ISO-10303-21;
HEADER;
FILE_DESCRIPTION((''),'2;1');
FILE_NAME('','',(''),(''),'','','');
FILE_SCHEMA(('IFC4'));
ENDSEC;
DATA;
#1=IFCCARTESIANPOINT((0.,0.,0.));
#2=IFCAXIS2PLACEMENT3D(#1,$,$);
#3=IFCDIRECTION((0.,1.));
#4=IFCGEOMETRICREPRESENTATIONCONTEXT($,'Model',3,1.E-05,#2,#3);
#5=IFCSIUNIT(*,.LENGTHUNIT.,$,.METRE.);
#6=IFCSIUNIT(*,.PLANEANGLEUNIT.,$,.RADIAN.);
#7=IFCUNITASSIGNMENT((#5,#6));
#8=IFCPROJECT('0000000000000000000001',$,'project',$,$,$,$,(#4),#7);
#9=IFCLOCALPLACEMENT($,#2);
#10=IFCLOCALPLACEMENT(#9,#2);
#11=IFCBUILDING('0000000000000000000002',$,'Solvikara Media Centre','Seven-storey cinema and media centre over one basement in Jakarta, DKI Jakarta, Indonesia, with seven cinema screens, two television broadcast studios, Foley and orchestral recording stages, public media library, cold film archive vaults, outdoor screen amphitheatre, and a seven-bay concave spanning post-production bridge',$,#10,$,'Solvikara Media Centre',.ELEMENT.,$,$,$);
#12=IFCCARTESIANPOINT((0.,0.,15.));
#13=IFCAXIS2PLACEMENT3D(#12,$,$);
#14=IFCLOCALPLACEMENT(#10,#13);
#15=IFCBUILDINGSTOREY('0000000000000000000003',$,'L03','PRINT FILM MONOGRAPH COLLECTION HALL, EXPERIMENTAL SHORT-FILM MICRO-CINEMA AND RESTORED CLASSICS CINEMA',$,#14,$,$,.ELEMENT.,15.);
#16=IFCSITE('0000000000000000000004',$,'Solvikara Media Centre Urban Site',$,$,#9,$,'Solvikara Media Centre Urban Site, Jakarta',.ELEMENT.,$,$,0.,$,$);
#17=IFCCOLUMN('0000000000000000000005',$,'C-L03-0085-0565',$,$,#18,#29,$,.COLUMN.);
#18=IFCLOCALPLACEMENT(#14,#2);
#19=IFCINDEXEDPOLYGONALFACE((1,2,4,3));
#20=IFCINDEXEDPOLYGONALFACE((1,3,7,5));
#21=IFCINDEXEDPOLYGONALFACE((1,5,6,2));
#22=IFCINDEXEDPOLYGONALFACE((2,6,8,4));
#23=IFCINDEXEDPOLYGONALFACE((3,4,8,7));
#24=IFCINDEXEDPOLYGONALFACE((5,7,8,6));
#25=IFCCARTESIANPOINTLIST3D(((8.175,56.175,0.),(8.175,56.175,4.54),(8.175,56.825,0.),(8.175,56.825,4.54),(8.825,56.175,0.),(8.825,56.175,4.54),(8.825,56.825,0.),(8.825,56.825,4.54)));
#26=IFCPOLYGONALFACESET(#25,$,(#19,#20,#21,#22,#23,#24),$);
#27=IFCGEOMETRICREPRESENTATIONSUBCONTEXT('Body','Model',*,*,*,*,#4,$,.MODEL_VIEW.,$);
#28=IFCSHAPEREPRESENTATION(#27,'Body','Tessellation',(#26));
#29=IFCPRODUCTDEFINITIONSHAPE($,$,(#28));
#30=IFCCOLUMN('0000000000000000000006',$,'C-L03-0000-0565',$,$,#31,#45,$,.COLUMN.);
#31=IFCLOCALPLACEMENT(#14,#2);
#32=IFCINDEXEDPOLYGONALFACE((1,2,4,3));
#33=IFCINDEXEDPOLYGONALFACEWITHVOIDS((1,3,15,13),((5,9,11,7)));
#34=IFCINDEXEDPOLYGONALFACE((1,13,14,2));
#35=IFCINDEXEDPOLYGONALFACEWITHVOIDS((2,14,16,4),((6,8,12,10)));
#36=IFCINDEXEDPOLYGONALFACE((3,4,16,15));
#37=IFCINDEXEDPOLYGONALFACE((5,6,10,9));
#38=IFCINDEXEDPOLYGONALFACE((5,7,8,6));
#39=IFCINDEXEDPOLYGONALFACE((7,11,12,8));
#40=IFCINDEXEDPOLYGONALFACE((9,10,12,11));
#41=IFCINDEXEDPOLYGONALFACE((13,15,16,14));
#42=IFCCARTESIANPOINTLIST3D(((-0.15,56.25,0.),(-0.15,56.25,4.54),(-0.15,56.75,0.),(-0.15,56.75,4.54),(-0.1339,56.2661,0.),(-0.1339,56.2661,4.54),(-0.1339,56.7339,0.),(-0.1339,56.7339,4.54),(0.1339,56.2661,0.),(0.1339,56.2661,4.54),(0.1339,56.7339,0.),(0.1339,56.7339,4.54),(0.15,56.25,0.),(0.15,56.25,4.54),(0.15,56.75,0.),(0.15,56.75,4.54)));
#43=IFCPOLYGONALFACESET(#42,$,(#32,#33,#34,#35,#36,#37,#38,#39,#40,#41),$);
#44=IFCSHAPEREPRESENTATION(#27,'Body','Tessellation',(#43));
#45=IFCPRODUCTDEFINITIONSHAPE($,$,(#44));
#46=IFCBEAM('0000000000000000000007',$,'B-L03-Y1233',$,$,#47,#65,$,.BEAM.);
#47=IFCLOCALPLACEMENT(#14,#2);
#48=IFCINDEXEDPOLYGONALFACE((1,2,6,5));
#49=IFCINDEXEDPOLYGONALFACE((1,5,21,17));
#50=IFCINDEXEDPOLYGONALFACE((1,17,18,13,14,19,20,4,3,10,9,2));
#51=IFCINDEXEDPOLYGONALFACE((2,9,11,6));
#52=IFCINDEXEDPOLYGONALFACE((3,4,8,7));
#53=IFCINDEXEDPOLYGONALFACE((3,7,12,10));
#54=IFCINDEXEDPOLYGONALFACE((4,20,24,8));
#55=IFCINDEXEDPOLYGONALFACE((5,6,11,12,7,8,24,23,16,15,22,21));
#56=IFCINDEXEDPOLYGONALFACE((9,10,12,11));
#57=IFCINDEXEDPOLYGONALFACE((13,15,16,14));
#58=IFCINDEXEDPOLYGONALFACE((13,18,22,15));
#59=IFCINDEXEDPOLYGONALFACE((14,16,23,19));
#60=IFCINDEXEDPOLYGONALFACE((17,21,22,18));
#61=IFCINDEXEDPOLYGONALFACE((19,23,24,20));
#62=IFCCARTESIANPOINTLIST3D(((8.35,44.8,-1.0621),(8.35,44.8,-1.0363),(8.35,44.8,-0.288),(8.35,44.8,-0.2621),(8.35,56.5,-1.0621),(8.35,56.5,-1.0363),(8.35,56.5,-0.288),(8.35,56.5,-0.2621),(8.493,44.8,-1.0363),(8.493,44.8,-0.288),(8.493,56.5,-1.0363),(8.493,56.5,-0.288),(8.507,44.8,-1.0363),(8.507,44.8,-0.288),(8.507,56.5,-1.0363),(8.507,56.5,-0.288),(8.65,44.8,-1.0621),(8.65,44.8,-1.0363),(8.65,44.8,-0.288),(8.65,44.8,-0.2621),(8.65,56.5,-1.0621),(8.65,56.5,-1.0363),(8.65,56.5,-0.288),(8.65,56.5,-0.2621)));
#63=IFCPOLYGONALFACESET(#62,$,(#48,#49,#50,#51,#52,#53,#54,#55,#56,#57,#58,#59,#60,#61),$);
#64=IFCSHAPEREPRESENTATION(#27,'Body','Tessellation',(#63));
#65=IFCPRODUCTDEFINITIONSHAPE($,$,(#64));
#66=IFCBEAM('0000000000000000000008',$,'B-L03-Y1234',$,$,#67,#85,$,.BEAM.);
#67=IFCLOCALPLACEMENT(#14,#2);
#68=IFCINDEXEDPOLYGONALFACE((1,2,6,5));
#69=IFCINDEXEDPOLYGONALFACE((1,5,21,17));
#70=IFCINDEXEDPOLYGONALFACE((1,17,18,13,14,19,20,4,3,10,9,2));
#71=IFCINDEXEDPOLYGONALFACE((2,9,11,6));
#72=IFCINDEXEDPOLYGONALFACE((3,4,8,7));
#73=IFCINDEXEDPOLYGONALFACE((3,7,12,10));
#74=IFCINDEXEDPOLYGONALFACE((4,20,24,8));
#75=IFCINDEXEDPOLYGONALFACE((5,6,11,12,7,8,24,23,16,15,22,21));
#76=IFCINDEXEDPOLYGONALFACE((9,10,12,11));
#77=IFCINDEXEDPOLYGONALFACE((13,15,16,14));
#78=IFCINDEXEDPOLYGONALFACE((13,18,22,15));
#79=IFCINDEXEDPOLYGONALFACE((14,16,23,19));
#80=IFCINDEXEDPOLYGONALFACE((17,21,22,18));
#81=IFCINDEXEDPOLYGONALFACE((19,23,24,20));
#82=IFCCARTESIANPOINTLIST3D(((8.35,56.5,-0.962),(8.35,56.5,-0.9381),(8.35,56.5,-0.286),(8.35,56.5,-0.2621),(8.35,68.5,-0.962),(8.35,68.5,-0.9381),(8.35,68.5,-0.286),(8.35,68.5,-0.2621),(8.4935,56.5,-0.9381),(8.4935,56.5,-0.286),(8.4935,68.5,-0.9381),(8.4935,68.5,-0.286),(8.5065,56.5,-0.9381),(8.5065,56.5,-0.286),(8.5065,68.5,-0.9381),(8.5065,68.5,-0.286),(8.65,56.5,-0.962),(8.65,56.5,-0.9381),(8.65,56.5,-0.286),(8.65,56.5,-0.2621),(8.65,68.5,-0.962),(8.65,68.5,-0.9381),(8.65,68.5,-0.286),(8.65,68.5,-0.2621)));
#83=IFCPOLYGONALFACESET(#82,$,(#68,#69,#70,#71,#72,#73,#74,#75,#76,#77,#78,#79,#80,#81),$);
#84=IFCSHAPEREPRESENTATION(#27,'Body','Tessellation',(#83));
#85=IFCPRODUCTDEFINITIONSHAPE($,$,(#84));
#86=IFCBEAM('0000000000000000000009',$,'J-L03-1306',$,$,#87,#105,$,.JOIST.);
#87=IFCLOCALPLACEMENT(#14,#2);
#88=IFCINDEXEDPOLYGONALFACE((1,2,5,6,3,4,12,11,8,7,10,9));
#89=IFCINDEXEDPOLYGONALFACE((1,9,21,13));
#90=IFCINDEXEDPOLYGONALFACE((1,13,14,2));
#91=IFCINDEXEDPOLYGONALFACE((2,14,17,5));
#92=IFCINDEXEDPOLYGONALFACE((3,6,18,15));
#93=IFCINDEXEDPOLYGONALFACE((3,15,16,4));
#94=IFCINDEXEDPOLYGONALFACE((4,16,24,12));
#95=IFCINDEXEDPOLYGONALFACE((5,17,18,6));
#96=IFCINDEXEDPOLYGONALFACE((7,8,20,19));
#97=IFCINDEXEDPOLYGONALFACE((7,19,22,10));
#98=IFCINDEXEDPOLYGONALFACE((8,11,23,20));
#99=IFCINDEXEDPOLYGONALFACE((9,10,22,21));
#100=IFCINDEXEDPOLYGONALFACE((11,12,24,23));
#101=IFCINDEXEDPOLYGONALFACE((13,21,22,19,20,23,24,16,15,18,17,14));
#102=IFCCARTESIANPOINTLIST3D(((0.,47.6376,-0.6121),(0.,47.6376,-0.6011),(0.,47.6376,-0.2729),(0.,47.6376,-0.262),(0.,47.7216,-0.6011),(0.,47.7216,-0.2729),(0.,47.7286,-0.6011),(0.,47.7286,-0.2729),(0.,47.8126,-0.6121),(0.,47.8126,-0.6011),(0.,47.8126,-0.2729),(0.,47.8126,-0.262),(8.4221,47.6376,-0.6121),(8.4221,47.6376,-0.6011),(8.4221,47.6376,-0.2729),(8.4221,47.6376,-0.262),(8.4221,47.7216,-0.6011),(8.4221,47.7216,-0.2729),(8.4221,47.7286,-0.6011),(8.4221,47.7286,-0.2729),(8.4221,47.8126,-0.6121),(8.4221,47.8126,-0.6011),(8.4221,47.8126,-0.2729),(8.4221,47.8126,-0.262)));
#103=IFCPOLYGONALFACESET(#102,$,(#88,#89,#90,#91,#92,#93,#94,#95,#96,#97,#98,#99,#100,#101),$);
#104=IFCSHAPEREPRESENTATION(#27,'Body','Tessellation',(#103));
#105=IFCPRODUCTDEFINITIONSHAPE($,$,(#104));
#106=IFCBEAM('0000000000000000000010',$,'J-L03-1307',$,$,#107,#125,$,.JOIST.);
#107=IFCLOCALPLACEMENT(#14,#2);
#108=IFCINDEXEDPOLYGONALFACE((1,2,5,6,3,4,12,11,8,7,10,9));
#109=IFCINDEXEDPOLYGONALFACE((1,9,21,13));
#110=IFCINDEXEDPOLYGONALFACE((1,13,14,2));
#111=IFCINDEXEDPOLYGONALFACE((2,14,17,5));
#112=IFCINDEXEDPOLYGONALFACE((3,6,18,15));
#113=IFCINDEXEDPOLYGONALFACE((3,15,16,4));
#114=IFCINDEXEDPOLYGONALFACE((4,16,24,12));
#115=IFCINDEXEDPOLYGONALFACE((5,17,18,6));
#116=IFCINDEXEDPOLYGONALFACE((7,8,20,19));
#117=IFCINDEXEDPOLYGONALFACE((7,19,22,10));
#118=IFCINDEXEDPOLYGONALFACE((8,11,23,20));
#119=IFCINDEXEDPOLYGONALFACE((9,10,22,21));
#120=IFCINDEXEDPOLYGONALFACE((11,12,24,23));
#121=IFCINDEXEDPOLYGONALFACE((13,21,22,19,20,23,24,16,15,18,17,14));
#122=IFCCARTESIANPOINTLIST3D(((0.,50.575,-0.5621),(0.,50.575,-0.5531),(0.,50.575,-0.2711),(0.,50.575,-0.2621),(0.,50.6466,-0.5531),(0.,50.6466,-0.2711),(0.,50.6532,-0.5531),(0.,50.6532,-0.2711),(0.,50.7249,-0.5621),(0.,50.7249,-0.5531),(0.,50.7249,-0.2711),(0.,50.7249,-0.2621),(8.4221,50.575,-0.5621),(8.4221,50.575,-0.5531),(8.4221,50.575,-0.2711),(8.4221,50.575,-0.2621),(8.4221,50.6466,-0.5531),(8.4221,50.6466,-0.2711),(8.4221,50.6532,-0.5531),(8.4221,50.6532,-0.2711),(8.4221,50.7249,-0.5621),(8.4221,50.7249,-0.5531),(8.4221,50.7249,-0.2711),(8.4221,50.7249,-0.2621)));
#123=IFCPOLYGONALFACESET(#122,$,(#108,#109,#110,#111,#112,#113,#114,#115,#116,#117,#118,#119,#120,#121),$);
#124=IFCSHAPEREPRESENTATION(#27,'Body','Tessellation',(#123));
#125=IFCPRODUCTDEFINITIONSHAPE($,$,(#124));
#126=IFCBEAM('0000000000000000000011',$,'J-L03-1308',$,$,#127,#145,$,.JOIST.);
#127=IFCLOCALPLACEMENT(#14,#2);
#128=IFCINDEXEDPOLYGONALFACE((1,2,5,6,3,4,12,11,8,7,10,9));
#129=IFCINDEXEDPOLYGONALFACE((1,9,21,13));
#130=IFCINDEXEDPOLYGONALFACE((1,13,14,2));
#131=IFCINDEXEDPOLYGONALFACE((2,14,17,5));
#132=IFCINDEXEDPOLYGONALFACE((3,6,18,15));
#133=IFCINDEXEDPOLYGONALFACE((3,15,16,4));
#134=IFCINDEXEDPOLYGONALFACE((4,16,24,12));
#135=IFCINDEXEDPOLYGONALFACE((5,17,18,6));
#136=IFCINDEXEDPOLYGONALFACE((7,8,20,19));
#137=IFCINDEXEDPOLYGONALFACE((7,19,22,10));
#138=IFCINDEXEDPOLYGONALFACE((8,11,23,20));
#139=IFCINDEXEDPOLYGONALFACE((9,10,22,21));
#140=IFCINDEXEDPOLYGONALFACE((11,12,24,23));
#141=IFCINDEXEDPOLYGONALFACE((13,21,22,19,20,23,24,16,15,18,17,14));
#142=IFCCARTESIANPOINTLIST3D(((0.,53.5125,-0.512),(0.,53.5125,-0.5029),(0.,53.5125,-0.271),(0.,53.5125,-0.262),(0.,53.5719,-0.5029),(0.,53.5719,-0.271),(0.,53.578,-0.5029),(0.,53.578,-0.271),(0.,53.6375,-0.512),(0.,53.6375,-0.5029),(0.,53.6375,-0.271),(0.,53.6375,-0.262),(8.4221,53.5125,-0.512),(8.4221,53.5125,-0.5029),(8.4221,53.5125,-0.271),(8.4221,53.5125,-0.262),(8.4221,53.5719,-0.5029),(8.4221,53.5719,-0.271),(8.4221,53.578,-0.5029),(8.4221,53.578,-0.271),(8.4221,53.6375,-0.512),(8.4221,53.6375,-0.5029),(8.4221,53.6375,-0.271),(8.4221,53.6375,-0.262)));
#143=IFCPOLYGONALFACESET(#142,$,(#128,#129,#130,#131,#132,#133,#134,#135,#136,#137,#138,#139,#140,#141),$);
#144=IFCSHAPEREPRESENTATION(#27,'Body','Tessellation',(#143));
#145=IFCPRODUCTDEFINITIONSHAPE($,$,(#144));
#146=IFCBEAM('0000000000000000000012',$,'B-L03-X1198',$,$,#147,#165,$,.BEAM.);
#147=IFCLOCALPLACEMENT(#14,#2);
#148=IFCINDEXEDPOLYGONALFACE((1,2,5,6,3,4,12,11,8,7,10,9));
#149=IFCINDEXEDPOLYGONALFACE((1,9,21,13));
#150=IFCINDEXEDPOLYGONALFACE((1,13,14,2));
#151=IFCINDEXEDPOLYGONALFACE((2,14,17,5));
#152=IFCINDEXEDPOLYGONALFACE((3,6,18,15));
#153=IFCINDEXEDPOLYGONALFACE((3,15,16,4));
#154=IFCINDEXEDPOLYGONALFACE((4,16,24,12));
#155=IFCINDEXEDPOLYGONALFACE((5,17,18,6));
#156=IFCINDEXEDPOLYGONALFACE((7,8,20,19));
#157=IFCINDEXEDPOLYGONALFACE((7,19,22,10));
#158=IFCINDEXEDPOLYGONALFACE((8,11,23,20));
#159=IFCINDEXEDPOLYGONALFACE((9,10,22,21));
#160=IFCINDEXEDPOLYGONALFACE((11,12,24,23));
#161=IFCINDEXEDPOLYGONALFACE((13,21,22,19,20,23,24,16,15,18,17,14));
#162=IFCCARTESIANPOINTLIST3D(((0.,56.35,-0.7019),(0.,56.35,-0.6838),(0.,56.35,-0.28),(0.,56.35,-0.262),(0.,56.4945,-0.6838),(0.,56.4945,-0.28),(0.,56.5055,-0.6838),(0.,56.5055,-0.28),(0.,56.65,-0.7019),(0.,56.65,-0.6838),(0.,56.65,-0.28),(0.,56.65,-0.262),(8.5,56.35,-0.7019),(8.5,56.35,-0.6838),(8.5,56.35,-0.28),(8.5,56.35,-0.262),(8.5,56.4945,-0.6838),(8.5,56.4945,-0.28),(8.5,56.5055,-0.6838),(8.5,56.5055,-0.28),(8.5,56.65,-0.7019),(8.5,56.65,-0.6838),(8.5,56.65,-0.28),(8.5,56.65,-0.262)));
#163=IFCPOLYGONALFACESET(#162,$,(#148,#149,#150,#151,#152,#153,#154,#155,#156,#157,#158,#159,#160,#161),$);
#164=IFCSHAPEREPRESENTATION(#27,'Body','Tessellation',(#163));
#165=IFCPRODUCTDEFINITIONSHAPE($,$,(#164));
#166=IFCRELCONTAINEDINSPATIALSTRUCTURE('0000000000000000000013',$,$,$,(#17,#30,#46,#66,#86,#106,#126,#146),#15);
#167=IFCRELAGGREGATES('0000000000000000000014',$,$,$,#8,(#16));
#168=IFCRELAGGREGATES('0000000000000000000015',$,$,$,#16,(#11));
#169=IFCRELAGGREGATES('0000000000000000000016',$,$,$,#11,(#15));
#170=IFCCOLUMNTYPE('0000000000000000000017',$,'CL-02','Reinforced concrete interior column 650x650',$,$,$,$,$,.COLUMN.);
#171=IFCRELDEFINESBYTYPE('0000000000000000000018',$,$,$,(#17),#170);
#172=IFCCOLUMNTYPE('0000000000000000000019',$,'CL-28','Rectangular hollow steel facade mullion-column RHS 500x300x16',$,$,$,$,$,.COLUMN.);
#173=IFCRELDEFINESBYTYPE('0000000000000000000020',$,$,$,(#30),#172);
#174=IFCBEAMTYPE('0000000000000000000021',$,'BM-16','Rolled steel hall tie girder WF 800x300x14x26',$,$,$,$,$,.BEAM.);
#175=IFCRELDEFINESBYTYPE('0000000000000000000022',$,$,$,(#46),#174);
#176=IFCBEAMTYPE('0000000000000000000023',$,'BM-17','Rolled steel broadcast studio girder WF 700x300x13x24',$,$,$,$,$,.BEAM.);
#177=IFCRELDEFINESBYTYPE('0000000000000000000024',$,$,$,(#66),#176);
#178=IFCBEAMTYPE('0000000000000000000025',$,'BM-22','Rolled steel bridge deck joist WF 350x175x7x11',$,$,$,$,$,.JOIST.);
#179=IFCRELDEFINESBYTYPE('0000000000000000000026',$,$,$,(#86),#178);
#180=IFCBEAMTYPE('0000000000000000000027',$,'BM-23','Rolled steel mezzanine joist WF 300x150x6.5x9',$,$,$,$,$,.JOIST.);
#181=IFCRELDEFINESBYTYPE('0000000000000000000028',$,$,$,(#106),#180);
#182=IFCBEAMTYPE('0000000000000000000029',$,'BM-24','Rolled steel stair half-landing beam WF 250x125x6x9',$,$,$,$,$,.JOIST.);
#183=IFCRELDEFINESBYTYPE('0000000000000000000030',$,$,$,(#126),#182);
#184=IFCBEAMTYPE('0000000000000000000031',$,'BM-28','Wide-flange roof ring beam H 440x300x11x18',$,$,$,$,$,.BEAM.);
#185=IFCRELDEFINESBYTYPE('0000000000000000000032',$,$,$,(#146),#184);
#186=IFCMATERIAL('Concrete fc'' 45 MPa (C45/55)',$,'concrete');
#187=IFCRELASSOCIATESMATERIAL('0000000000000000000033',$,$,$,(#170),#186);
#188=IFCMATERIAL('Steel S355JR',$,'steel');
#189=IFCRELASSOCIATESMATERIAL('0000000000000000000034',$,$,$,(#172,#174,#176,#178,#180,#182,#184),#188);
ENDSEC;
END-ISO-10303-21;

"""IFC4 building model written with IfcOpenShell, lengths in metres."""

from ifc_helpers import new_model, si_unit, direction, frame, origin, origin_2d, place, context, subcontext, project, spatial, rectangle, hollow_rectangle, i_section, extrude, material, material_profile, profile_set, type_object, element, save


model = new_model("IFC4")

# Units and contexts
model_context = context("Model", 3, precision=1e-05, world=origin(), true_north=direction((0.0, 1.0)))
body_context = subcontext(model_context, "Body", "Model", "MODEL_VIEW")
ifc_project = project(units=[si_unit("LENGTHUNIT", "METRE"), si_unit("PLANEANGLEUNIT", "RADIAN")], contexts=[model_context])

# Site, building, storey
site_placement = place(None, origin())
site = spatial("IfcSite", under=ifc_project, at=site_placement, Name="Solvikara Media Centre Urban Site", LongName="Solvikara Media Centre Urban Site, Jakarta", CompositionType="ELEMENT", RefElevation=0.0)
building_placement = place(site_placement, origin())
building = spatial("IfcBuilding", under=site, at=building_placement, Name="Solvikara Media Centre", Description="Seven-storey cinema and media centre over one basement in Jakarta, DKI Jakarta, Indonesia, with seven cinema screens, two television broadcast studios, Foley and orchestral recording stages, public media library, cold film archive vaults, outdoor screen amphitheatre, and a seven-bay concave spanning post-production bridge", LongName="Solvikara Media Centre", CompositionType="ELEMENT")
storey_placement = place(building_placement, frame((0.0, 0.0, 15.0)))
storey = spatial("IfcBuildingStorey", under=building, at=storey_placement, Name="L03", Description="PRINT FILM MONOGRAPH COLLECTION HALL, EXPERIMENTAL SHORT-FILM MICRO-CINEMA AND RESTORED CLASSICS CINEMA", CompositionType="ELEMENT", Elevation=15.0)

# Columns
ifc_material_1 = material(Name="Concrete fc' 45 MPa (C45/55)", Category="concrete")
ifc_material_profile_1 = material_profile(ifc_material_1, rectangle(XDim=0.6499, YDim=0.6499, at=origin_2d()), Name="RC 650x650")
ifc_profile_set_1 = profile_set([ifc_material_profile_1], Name="Concrete fc' 45 MPa (C45/55)")
column_type_1 = type_object("IfcColumnType", Name="CL-02", Description="Reinforced concrete interior column 650x650", PredefinedType="COLUMN", material=ifc_profile_set_1)
column_1_placement = place(storey_placement, frame((8.5, 56.5, 0.0), z_axis=(0.0, 0.0, 1.0), x_axis=(1.0, 0.0, 0.0)))
element("IfcColumn", 1, at=column_1_placement, inside=storey, type_object=column_type_1, Name="C-L03-0085-0565", PredefinedType="COLUMN", context=body_context, shape_type="SweptSolid", body=[
    extrude(rectangle(XDim=0.6499, YDim=0.6499, at=origin_2d()), origin(), (0.0, 0.0, 1.0), 4.54),
])
ifc_material_2 = material(Name="Steel S355JR", Category="steel")
ifc_material_profile_2 = material_profile(ifc_material_2, hollow_rectangle(XDim=0.3, YDim=0.5, WallThickness=0.0161, at=origin_2d()), Name="RHS 500x300x16")
ifc_profile_set_2 = profile_set([ifc_material_profile_2], Name="Steel S355JR")
column_type_2 = type_object("IfcColumnType", Name="CL-28", Description="Rectangular hollow steel facade mullion-column RHS 500x300x16", PredefinedType="COLUMN", material=ifc_profile_set_2)
column_2_placement = place(storey_placement, frame((0.0, 56.5, 0.0), z_axis=(0.0, 0.0, 1.0), x_axis=(1.0, 0.0, 0.0)))
element("IfcColumn", 2, at=column_2_placement, inside=storey, type_object=column_type_2, Name="C-L03-0000-0565", PredefinedType="COLUMN", context=body_context, shape_type="SweptSolid", body=[
    extrude(hollow_rectangle(XDim=0.3, YDim=0.5, WallThickness=0.0161, at=origin_2d()), origin(), (0.0, 0.0, 1.0), 4.54),
])

# Beams
ifc_material_profile_3 = material_profile(ifc_material_2, i_section(OverallWidth=0.3, OverallDepth=0.8, WebThickness=0.0139, FlangeThickness=0.0259, at=origin_2d()), Name="WF 800x300x14x26")
ifc_profile_set_3 = profile_set([ifc_material_profile_3], Name="Steel S355JR")
beam_type_1 = type_object("IfcBeamType", Name="BM-16", Description="Rolled steel hall tie girder WF 800x300x14x26", PredefinedType="BEAM", material=ifc_profile_set_3)
beam_1_placement = place(storey_placement, frame((8.5, 44.8, -0.6621), z_axis=(0.0, 1.0, 0.0), x_axis=(-1.0, 0.0, 0.0)))
element("IfcBeam", 3, at=beam_1_placement, inside=storey, type_object=beam_type_1, Name="B-L03-Y1233", PredefinedType="BEAM", context=body_context, shape_type="SweptSolid", body=[
    extrude(i_section(OverallWidth=0.3, OverallDepth=0.8, WebThickness=0.0139, FlangeThickness=0.0259, at=origin_2d()), origin(), (0.0, 0.0, 1.0), 11.7),
])
ifc_material_profile_4 = material_profile(ifc_material_2, i_section(OverallWidth=0.3, OverallDepth=0.7, WebThickness=0.0129, FlangeThickness=0.0239, at=origin_2d()), Name="WF 700x300x13x24")
ifc_profile_set_4 = profile_set([ifc_material_profile_4], Name="Steel S355JR")
beam_type_2 = type_object("IfcBeamType", Name="BM-17", Description="Rolled steel broadcast studio girder WF 700x300x13x24", PredefinedType="BEAM", material=ifc_profile_set_4)
beam_2_placement = place(storey_placement, frame((8.5, 56.5, -0.6121), z_axis=(0.0, 1.0, 0.0), x_axis=(-1.0, 0.0, 0.0)))
element("IfcBeam", 4, at=beam_2_placement, inside=storey, type_object=beam_type_2, Name="B-L03-Y1234", PredefinedType="BEAM", context=body_context, shape_type="SweptSolid", body=[
    extrude(i_section(OverallWidth=0.3, OverallDepth=0.7, WebThickness=0.0129, FlangeThickness=0.0239, at=origin_2d()), origin(), (0.0, 0.0, 1.0), 12.0),
])
ifc_material_profile_5 = material_profile(ifc_material_2, i_section(OverallWidth=0.175, OverallDepth=0.3501, WebThickness=0.0071, FlangeThickness=0.011, at=origin_2d()), Name="WF 350x175x7x11")
ifc_profile_set_5 = profile_set([ifc_material_profile_5], Name="Steel S355JR")
beam_type_3 = type_object("IfcBeamType", Name="BM-22", Description="Rolled steel bridge deck joist WF 350x175x7x11", PredefinedType="JOIST", material=ifc_profile_set_5)
beam_3_placement = place(storey_placement, frame((0.0, 47.7251, -0.437), z_axis=(1.0, 0.0, 0.0), x_axis=(0.0, 1.0, 0.0)))
element("IfcBeam", 5, at=beam_3_placement, inside=storey, type_object=beam_type_3, Name="J-L03-1306", PredefinedType="JOIST", context=body_context, shape_type="SweptSolid", body=[
    extrude(i_section(OverallWidth=0.175, OverallDepth=0.3501, WebThickness=0.0071, FlangeThickness=0.011, at=origin_2d()), origin(), (0.0, 0.0, 1.0), 8.4221),
])
ifc_material_profile_6 = material_profile(ifc_material_2, i_section(OverallWidth=0.1499, OverallDepth=0.3, WebThickness=0.0066, FlangeThickness=0.009, at=origin_2d()), Name="WF 300x150x6.5x9")
ifc_profile_set_6 = profile_set([ifc_material_profile_6], Name="Steel S355JR")
beam_type_4 = type_object("IfcBeamType", Name="BM-23", Description="Rolled steel mezzanine joist WF 300x150x6.5x9", PredefinedType="JOIST", material=ifc_profile_set_6)
beam_4_placement = place(storey_placement, frame((0.0, 50.6499, -0.4121), z_axis=(1.0, 0.0, 0.0), x_axis=(0.0, 1.0, 0.0)))
element("IfcBeam", 6, at=beam_4_placement, inside=storey, type_object=beam_type_4, Name="J-L03-1307", PredefinedType="JOIST", context=body_context, shape_type="SweptSolid", body=[
    extrude(i_section(OverallWidth=0.1499, OverallDepth=0.3, WebThickness=0.0066, FlangeThickness=0.009, at=origin_2d()), origin(), (0.0, 0.0, 1.0), 8.4221),
])
ifc_material_profile_7 = material_profile(ifc_material_2, i_section(OverallWidth=0.125, OverallDepth=0.25, WebThickness=0.0061, FlangeThickness=0.009, at=origin_2d()), Name="WF 250x125x6x9")
ifc_profile_set_7 = profile_set([ifc_material_profile_7], Name="Steel S355JR")
beam_type_5 = type_object("IfcBeamType", Name="BM-24", Description="Rolled steel stair half-landing beam WF 250x125x6x9", PredefinedType="JOIST", material=ifc_profile_set_7)
beam_5_placement = place(storey_placement, frame((0.0, 53.575, -0.387), z_axis=(1.0, 0.0, 0.0), x_axis=(0.0, 1.0, 0.0)))
element("IfcBeam", 7, at=beam_5_placement, inside=storey, type_object=beam_type_5, Name="J-L03-1308", PredefinedType="JOIST", context=body_context, shape_type="SweptSolid", body=[
    extrude(i_section(OverallWidth=0.125, OverallDepth=0.25, WebThickness=0.0061, FlangeThickness=0.009, at=origin_2d()), origin(), (0.0, 0.0, 1.0), 8.4221),
])
ifc_material_profile_8 = material_profile(ifc_material_2, i_section(OverallWidth=0.3, OverallDepth=0.4399, WebThickness=0.011, FlangeThickness=0.0181, at=origin_2d()), Name="H 440x300x11x18")
ifc_profile_set_8 = profile_set([ifc_material_profile_8], Name="Steel S355JR")
beam_type_6 = type_object("IfcBeamType", Name="BM-28", Description="Wide-flange roof ring beam H 440x300x11x18", PredefinedType="BEAM", material=ifc_profile_set_8)
beam_6_placement = place(storey_placement, frame((0.0, 56.5, -0.4819), z_axis=(1.0, 0.0, 0.0), x_axis=(0.0, 1.0, 0.0)))
element("IfcBeam", 8, at=beam_6_placement, inside=storey, type_object=beam_type_6, Name="B-L03-X1198", PredefinedType="BEAM", context=body_context, shape_type="SweptSolid", body=[
    extrude(i_section(OverallWidth=0.3, OverallDepth=0.4399, WebThickness=0.011, FlangeThickness=0.0181, at=origin_2d()), origin(), (0.0, 0.0, 1.0), 8.5),
])

save(model, "model.ifc")
